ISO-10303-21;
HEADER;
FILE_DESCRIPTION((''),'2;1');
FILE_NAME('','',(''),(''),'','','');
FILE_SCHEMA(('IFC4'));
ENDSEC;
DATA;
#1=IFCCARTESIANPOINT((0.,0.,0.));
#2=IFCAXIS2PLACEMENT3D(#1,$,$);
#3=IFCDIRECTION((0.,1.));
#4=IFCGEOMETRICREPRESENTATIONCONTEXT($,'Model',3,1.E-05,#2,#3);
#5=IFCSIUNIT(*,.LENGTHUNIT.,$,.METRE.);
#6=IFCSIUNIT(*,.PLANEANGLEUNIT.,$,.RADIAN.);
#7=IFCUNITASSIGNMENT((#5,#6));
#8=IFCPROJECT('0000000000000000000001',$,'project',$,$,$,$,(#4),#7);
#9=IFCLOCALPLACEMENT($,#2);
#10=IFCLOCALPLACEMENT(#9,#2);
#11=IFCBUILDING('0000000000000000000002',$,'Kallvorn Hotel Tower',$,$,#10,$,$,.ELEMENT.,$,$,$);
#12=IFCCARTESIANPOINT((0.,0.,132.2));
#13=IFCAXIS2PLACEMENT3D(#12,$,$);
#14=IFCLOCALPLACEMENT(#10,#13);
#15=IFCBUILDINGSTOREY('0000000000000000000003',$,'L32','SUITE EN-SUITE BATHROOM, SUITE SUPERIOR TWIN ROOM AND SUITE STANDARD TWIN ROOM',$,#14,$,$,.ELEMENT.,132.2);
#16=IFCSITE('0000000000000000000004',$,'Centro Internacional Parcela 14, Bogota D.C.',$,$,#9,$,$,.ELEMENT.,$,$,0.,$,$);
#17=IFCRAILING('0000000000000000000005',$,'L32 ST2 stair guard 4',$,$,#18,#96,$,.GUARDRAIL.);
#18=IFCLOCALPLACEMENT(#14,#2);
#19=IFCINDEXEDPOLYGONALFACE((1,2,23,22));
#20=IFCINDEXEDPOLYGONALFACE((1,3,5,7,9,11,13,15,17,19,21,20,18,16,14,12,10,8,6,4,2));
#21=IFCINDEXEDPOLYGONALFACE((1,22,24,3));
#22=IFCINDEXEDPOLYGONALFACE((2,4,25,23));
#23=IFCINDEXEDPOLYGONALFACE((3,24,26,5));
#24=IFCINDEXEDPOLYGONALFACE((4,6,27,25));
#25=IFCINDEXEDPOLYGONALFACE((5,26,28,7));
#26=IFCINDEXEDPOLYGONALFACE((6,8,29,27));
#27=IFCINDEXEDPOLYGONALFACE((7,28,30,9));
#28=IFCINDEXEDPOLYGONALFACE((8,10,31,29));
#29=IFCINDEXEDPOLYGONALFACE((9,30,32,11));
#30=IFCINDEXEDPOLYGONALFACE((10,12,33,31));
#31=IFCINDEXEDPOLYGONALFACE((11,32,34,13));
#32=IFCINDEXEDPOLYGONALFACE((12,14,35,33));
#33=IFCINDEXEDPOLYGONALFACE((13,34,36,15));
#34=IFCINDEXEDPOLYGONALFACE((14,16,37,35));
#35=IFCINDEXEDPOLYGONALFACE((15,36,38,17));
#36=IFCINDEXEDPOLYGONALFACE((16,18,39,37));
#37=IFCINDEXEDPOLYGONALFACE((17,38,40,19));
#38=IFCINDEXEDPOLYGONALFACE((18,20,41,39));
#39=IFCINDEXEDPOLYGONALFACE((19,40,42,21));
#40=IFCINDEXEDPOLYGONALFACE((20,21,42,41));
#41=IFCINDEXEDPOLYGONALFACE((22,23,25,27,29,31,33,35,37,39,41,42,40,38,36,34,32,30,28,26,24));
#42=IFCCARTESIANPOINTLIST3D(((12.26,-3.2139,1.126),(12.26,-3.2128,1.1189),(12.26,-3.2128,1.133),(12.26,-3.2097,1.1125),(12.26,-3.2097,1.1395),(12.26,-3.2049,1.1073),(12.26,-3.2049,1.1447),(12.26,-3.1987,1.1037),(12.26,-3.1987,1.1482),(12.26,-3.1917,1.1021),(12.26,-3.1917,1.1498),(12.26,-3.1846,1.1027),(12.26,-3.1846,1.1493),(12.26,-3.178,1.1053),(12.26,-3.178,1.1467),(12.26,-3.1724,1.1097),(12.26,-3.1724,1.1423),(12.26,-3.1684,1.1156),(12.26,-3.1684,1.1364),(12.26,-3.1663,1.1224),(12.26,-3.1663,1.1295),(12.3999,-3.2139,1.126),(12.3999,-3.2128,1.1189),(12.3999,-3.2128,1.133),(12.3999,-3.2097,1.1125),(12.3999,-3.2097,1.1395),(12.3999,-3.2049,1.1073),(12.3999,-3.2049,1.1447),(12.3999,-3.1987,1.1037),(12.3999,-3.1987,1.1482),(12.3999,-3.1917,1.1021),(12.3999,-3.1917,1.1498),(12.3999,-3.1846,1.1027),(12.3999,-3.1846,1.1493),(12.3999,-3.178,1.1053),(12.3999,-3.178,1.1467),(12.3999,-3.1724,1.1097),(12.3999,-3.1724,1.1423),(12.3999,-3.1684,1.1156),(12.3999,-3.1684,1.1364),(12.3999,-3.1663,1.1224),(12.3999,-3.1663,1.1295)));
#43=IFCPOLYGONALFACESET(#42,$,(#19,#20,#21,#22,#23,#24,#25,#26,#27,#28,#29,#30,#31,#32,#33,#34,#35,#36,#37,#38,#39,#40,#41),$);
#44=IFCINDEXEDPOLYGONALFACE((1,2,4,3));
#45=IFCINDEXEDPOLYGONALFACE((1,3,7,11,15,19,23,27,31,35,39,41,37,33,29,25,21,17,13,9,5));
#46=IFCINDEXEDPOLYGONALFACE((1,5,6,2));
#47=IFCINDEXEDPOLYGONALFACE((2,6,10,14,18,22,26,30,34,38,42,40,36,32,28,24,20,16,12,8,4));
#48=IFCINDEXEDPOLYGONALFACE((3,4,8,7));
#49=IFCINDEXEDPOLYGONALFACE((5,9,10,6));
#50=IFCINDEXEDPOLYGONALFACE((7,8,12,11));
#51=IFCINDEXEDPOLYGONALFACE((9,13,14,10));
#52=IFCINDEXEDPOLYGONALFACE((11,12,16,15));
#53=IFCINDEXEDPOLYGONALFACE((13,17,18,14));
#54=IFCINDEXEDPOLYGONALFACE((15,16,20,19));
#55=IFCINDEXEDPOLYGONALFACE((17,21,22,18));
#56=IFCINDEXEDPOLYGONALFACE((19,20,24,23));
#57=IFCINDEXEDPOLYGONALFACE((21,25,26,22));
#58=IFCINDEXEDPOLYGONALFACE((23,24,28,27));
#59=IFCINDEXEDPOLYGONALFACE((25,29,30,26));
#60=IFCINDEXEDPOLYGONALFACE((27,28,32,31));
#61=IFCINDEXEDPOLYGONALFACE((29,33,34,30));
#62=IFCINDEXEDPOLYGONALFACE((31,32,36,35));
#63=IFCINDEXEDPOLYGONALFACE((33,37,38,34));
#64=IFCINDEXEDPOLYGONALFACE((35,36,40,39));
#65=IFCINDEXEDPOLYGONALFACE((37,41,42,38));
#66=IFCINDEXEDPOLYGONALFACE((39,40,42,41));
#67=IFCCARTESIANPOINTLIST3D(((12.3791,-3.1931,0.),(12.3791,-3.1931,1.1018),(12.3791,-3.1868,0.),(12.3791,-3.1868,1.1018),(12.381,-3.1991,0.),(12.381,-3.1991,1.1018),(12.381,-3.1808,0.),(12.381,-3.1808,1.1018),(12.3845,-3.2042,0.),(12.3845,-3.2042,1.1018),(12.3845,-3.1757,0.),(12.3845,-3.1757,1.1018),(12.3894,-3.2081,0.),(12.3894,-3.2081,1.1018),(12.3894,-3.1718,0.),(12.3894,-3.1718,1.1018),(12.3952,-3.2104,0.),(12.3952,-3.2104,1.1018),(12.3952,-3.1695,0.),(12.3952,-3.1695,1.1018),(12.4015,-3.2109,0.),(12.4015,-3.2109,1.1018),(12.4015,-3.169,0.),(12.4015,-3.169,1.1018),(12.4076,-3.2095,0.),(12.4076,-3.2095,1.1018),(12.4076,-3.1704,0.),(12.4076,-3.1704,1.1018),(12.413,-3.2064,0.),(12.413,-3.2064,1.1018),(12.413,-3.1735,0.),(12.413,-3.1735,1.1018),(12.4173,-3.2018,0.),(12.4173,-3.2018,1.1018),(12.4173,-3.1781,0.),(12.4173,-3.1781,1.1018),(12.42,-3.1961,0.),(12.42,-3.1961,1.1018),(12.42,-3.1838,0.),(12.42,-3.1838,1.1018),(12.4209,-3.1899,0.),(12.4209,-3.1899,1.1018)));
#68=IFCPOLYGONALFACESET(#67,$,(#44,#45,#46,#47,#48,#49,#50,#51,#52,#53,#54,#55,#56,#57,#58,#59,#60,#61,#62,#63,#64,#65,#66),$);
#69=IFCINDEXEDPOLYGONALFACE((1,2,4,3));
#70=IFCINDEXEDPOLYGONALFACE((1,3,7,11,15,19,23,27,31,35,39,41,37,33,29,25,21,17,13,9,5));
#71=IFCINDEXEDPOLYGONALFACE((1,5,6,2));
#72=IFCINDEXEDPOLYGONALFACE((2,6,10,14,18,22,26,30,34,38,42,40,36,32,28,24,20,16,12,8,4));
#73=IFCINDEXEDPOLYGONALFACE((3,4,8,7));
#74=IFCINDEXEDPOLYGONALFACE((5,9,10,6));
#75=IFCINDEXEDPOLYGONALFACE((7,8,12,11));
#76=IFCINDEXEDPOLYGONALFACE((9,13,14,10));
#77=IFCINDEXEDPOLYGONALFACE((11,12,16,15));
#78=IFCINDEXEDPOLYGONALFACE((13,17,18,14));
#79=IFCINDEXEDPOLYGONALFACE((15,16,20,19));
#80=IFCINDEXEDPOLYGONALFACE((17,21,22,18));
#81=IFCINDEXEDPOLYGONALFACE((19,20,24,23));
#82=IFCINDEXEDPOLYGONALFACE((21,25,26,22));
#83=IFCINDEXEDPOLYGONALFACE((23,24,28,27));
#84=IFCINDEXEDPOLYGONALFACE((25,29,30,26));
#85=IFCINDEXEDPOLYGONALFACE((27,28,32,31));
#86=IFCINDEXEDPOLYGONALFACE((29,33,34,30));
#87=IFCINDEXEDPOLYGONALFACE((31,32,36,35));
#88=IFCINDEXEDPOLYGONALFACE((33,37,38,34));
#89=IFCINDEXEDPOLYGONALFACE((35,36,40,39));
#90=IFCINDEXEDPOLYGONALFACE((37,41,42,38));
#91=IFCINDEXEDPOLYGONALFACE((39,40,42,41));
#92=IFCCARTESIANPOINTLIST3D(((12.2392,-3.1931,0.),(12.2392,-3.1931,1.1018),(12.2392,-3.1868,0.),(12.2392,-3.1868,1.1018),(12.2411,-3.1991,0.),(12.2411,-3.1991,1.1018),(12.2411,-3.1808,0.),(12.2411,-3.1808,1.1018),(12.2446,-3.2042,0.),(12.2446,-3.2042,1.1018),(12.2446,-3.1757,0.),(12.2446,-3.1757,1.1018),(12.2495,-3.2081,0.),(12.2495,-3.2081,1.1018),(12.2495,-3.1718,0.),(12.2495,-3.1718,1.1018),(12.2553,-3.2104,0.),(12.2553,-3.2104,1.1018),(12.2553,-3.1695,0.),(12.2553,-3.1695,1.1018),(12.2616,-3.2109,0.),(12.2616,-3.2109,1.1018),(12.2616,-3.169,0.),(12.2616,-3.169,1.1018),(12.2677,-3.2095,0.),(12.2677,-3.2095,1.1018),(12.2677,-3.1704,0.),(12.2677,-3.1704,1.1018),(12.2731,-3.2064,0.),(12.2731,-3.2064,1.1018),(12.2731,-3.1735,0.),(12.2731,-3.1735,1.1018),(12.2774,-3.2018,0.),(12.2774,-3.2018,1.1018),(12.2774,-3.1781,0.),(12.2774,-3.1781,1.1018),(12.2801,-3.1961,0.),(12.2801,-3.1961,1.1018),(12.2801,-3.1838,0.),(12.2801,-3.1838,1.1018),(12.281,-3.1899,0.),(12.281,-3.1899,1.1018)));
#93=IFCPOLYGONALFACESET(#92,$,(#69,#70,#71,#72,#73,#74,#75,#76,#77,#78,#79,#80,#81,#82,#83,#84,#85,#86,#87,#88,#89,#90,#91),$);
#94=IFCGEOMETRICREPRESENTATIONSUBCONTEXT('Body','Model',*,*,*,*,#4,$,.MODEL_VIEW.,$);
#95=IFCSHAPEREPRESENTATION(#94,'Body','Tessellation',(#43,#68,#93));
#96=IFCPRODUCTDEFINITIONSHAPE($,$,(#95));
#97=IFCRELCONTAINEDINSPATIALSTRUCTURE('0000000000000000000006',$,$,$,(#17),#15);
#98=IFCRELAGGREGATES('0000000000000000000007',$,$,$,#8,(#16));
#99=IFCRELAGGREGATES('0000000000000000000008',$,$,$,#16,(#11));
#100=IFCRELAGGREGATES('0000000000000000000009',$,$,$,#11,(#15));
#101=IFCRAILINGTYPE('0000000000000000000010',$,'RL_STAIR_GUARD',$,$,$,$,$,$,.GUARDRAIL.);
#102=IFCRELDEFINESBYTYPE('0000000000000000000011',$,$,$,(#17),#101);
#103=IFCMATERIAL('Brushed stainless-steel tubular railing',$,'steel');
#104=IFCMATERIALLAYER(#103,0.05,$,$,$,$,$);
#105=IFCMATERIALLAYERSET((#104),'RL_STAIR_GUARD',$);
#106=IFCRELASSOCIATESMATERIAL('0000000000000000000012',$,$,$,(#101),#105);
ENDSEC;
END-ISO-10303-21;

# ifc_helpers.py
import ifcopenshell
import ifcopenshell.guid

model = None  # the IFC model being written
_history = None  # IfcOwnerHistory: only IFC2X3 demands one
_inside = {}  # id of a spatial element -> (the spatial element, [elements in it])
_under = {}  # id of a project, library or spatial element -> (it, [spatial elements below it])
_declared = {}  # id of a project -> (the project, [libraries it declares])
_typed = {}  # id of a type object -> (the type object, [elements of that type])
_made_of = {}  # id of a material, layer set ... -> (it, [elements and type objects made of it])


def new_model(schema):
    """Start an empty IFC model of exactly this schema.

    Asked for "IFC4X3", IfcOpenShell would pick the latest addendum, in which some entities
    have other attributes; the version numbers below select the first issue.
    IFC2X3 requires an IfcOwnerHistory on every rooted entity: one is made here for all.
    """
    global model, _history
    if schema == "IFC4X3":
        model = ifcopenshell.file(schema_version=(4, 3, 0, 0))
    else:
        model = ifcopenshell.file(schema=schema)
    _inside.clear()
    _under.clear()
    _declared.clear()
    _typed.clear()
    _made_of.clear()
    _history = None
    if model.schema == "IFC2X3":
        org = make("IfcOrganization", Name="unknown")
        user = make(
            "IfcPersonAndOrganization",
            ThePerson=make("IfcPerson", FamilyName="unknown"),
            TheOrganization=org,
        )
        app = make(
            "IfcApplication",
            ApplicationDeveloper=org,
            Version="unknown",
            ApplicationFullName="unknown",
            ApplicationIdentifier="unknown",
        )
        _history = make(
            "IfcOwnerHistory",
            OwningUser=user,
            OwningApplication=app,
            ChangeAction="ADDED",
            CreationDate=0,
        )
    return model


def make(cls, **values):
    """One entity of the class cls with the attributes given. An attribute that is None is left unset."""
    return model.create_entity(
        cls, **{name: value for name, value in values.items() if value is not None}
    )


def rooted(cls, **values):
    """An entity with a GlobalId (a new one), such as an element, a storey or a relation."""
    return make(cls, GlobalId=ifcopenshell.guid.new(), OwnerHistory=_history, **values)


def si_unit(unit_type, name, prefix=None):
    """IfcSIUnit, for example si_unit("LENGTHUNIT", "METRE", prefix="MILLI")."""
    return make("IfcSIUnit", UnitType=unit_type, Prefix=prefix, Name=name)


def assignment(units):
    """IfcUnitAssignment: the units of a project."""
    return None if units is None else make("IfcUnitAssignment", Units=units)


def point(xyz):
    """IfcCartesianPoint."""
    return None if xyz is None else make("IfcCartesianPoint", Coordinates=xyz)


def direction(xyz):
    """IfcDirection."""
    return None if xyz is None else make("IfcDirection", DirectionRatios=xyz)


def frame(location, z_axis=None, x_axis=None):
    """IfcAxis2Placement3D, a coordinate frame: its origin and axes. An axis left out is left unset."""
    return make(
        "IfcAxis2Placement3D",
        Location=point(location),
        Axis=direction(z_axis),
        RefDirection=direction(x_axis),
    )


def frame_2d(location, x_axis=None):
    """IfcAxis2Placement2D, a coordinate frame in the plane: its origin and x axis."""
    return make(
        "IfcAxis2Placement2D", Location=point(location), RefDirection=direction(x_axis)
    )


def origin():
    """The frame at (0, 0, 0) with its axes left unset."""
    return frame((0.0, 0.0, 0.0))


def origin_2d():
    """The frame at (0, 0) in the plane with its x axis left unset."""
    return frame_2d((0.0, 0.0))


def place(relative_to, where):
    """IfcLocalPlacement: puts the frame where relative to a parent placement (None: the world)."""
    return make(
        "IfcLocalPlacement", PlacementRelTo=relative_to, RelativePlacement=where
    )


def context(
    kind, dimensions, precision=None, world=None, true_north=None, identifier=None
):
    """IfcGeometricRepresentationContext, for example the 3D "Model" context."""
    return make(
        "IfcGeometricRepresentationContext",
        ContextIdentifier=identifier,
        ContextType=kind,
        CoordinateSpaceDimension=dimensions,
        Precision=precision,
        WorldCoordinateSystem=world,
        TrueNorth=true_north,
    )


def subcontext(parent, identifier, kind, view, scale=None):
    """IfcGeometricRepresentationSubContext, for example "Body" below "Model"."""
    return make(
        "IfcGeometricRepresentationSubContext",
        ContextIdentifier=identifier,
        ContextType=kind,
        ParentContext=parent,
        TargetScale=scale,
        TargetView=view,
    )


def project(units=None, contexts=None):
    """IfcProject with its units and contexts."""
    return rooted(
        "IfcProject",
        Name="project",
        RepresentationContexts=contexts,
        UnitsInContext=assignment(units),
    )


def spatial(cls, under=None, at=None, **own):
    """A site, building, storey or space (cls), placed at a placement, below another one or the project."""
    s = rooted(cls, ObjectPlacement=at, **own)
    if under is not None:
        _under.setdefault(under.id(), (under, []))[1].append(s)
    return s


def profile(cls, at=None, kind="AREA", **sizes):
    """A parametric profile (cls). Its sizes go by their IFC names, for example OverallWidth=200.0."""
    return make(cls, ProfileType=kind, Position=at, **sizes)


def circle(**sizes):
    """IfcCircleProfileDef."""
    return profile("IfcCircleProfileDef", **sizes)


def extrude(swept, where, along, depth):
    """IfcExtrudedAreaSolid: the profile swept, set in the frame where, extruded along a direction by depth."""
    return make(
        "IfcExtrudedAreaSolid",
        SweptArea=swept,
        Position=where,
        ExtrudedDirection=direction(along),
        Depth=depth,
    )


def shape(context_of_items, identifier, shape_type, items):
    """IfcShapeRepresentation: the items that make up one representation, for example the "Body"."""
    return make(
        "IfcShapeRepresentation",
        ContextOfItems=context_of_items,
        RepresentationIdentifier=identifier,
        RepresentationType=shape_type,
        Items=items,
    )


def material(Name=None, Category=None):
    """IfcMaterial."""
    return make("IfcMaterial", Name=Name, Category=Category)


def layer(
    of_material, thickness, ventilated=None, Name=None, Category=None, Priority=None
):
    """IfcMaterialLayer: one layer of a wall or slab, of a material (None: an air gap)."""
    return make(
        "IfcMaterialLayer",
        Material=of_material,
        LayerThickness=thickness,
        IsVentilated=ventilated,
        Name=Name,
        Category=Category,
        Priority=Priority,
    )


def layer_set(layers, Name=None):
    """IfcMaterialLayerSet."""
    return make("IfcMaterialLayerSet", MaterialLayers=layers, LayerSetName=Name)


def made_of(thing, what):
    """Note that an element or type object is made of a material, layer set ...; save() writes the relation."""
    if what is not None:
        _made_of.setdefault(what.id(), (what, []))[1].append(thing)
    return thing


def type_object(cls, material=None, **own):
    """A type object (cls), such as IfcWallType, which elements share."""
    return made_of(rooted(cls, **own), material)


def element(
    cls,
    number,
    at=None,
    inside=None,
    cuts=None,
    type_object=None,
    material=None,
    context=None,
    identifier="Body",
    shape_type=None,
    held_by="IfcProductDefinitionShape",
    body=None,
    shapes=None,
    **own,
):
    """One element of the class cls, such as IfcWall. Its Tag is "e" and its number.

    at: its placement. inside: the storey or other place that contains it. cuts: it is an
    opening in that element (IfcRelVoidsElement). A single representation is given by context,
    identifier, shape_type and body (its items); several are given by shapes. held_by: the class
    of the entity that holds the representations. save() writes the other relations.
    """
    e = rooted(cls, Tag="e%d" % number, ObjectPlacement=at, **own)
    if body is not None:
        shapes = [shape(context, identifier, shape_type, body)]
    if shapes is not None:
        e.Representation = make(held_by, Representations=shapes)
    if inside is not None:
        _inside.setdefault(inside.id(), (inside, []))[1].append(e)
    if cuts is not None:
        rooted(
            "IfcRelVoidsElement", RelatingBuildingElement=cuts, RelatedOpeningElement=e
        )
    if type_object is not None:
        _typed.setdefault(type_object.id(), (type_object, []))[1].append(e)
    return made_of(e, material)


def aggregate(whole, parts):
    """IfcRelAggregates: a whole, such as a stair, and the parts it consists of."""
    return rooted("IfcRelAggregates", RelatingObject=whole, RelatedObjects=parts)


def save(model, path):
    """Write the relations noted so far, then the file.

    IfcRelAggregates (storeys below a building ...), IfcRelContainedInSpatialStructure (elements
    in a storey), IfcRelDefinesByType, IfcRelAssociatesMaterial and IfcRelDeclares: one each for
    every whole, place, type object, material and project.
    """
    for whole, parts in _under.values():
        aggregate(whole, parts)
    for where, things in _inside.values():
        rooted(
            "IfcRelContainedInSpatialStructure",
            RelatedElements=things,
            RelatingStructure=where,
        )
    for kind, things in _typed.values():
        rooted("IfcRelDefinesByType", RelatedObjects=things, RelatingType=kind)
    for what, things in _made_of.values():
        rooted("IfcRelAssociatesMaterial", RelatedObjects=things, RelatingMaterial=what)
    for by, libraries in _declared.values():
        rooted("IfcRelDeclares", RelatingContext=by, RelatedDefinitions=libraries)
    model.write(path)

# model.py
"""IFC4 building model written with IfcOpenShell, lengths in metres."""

from ifc_helpers import new_model, si_unit, direction, frame, origin, origin_2d, place, context, subcontext, project, spatial, circle, extrude, material, layer, layer_set, type_object, element, save


model = new_model("IFC4")

# Units and contexts
model_context = context("Model", 3, precision=1e-05, world=origin(), true_north=direction((0.0, 1.0)))
body_context = subcontext(model_context, "Body", "Model", "MODEL_VIEW")
ifc_project = project(units=[si_unit("LENGTHUNIT", "METRE"), si_unit("PLANEANGLEUNIT", "RADIAN")], contexts=[model_context])

# Site, building, storey
site_placement = place(None, origin())
site = spatial("IfcSite", under=ifc_project, at=site_placement, Name="Centro Internacional Parcela 14, Bogota D.C.", CompositionType="ELEMENT", RefElevation=0.0)
building_placement = place(site_placement, origin())
building = spatial("IfcBuilding", under=site, at=building_placement, Name="Kallvorn Hotel Tower", CompositionType="ELEMENT")
storey_placement = place(building_placement, frame((0.0, 0.0, 132.2)))
storey = spatial("IfcBuildingStorey", under=building, at=storey_placement, Name="L32", Description="SUITE EN-SUITE BATHROOM, SUITE SUPERIOR TWIN ROOM AND SUITE STANDARD TWIN ROOM", CompositionType="ELEMENT", Elevation=132.2)

# Railing
ifc_material_1 = material(Name="Brushed stainless-steel tubular railing", Category="steel")
ifc_layer_1 = layer(ifc_material_1, 0.05)
ifc_layer_set_1 = layer_set([ifc_layer_1], Name="RL_STAIR_GUARD")
railing_type_1 = type_object("IfcRailingType", Name="RL_STAIR_GUARD", PredefinedType="GUARDRAIL", material=ifc_layer_set_1)
railing_1_placement = place(storey_placement, frame((12.3999, -3.1899, 0.0)))
element("IfcRailing", 1, at=railing_1_placement, inside=storey, type_object=railing_type_1, Name="L32 ST2 stair guard 4", PredefinedType="GUARDRAIL", context=body_context, shape_type="SweptSolid", body=[
    extrude(circle(Radius=0.0239, at=origin_2d()), frame((0.0, 0.0, 1.126), z_axis=(-1.0, 0.0, 0.0), x_axis=(0.0, -1.0, 0.0)), (0.0, 0.0, 1.0), 0.1399),
    extrude(circle(Radius=0.021, at=origin_2d()), origin(), (0.0, 0.0, 1.0), 1.1018),
    extrude(circle(Radius=0.021, at=origin_2d()), frame((-0.1399, 0.0, 0.0)), (0.0, 0.0, 1.0), 1.1018),
])

save(model, "model.ifc")
